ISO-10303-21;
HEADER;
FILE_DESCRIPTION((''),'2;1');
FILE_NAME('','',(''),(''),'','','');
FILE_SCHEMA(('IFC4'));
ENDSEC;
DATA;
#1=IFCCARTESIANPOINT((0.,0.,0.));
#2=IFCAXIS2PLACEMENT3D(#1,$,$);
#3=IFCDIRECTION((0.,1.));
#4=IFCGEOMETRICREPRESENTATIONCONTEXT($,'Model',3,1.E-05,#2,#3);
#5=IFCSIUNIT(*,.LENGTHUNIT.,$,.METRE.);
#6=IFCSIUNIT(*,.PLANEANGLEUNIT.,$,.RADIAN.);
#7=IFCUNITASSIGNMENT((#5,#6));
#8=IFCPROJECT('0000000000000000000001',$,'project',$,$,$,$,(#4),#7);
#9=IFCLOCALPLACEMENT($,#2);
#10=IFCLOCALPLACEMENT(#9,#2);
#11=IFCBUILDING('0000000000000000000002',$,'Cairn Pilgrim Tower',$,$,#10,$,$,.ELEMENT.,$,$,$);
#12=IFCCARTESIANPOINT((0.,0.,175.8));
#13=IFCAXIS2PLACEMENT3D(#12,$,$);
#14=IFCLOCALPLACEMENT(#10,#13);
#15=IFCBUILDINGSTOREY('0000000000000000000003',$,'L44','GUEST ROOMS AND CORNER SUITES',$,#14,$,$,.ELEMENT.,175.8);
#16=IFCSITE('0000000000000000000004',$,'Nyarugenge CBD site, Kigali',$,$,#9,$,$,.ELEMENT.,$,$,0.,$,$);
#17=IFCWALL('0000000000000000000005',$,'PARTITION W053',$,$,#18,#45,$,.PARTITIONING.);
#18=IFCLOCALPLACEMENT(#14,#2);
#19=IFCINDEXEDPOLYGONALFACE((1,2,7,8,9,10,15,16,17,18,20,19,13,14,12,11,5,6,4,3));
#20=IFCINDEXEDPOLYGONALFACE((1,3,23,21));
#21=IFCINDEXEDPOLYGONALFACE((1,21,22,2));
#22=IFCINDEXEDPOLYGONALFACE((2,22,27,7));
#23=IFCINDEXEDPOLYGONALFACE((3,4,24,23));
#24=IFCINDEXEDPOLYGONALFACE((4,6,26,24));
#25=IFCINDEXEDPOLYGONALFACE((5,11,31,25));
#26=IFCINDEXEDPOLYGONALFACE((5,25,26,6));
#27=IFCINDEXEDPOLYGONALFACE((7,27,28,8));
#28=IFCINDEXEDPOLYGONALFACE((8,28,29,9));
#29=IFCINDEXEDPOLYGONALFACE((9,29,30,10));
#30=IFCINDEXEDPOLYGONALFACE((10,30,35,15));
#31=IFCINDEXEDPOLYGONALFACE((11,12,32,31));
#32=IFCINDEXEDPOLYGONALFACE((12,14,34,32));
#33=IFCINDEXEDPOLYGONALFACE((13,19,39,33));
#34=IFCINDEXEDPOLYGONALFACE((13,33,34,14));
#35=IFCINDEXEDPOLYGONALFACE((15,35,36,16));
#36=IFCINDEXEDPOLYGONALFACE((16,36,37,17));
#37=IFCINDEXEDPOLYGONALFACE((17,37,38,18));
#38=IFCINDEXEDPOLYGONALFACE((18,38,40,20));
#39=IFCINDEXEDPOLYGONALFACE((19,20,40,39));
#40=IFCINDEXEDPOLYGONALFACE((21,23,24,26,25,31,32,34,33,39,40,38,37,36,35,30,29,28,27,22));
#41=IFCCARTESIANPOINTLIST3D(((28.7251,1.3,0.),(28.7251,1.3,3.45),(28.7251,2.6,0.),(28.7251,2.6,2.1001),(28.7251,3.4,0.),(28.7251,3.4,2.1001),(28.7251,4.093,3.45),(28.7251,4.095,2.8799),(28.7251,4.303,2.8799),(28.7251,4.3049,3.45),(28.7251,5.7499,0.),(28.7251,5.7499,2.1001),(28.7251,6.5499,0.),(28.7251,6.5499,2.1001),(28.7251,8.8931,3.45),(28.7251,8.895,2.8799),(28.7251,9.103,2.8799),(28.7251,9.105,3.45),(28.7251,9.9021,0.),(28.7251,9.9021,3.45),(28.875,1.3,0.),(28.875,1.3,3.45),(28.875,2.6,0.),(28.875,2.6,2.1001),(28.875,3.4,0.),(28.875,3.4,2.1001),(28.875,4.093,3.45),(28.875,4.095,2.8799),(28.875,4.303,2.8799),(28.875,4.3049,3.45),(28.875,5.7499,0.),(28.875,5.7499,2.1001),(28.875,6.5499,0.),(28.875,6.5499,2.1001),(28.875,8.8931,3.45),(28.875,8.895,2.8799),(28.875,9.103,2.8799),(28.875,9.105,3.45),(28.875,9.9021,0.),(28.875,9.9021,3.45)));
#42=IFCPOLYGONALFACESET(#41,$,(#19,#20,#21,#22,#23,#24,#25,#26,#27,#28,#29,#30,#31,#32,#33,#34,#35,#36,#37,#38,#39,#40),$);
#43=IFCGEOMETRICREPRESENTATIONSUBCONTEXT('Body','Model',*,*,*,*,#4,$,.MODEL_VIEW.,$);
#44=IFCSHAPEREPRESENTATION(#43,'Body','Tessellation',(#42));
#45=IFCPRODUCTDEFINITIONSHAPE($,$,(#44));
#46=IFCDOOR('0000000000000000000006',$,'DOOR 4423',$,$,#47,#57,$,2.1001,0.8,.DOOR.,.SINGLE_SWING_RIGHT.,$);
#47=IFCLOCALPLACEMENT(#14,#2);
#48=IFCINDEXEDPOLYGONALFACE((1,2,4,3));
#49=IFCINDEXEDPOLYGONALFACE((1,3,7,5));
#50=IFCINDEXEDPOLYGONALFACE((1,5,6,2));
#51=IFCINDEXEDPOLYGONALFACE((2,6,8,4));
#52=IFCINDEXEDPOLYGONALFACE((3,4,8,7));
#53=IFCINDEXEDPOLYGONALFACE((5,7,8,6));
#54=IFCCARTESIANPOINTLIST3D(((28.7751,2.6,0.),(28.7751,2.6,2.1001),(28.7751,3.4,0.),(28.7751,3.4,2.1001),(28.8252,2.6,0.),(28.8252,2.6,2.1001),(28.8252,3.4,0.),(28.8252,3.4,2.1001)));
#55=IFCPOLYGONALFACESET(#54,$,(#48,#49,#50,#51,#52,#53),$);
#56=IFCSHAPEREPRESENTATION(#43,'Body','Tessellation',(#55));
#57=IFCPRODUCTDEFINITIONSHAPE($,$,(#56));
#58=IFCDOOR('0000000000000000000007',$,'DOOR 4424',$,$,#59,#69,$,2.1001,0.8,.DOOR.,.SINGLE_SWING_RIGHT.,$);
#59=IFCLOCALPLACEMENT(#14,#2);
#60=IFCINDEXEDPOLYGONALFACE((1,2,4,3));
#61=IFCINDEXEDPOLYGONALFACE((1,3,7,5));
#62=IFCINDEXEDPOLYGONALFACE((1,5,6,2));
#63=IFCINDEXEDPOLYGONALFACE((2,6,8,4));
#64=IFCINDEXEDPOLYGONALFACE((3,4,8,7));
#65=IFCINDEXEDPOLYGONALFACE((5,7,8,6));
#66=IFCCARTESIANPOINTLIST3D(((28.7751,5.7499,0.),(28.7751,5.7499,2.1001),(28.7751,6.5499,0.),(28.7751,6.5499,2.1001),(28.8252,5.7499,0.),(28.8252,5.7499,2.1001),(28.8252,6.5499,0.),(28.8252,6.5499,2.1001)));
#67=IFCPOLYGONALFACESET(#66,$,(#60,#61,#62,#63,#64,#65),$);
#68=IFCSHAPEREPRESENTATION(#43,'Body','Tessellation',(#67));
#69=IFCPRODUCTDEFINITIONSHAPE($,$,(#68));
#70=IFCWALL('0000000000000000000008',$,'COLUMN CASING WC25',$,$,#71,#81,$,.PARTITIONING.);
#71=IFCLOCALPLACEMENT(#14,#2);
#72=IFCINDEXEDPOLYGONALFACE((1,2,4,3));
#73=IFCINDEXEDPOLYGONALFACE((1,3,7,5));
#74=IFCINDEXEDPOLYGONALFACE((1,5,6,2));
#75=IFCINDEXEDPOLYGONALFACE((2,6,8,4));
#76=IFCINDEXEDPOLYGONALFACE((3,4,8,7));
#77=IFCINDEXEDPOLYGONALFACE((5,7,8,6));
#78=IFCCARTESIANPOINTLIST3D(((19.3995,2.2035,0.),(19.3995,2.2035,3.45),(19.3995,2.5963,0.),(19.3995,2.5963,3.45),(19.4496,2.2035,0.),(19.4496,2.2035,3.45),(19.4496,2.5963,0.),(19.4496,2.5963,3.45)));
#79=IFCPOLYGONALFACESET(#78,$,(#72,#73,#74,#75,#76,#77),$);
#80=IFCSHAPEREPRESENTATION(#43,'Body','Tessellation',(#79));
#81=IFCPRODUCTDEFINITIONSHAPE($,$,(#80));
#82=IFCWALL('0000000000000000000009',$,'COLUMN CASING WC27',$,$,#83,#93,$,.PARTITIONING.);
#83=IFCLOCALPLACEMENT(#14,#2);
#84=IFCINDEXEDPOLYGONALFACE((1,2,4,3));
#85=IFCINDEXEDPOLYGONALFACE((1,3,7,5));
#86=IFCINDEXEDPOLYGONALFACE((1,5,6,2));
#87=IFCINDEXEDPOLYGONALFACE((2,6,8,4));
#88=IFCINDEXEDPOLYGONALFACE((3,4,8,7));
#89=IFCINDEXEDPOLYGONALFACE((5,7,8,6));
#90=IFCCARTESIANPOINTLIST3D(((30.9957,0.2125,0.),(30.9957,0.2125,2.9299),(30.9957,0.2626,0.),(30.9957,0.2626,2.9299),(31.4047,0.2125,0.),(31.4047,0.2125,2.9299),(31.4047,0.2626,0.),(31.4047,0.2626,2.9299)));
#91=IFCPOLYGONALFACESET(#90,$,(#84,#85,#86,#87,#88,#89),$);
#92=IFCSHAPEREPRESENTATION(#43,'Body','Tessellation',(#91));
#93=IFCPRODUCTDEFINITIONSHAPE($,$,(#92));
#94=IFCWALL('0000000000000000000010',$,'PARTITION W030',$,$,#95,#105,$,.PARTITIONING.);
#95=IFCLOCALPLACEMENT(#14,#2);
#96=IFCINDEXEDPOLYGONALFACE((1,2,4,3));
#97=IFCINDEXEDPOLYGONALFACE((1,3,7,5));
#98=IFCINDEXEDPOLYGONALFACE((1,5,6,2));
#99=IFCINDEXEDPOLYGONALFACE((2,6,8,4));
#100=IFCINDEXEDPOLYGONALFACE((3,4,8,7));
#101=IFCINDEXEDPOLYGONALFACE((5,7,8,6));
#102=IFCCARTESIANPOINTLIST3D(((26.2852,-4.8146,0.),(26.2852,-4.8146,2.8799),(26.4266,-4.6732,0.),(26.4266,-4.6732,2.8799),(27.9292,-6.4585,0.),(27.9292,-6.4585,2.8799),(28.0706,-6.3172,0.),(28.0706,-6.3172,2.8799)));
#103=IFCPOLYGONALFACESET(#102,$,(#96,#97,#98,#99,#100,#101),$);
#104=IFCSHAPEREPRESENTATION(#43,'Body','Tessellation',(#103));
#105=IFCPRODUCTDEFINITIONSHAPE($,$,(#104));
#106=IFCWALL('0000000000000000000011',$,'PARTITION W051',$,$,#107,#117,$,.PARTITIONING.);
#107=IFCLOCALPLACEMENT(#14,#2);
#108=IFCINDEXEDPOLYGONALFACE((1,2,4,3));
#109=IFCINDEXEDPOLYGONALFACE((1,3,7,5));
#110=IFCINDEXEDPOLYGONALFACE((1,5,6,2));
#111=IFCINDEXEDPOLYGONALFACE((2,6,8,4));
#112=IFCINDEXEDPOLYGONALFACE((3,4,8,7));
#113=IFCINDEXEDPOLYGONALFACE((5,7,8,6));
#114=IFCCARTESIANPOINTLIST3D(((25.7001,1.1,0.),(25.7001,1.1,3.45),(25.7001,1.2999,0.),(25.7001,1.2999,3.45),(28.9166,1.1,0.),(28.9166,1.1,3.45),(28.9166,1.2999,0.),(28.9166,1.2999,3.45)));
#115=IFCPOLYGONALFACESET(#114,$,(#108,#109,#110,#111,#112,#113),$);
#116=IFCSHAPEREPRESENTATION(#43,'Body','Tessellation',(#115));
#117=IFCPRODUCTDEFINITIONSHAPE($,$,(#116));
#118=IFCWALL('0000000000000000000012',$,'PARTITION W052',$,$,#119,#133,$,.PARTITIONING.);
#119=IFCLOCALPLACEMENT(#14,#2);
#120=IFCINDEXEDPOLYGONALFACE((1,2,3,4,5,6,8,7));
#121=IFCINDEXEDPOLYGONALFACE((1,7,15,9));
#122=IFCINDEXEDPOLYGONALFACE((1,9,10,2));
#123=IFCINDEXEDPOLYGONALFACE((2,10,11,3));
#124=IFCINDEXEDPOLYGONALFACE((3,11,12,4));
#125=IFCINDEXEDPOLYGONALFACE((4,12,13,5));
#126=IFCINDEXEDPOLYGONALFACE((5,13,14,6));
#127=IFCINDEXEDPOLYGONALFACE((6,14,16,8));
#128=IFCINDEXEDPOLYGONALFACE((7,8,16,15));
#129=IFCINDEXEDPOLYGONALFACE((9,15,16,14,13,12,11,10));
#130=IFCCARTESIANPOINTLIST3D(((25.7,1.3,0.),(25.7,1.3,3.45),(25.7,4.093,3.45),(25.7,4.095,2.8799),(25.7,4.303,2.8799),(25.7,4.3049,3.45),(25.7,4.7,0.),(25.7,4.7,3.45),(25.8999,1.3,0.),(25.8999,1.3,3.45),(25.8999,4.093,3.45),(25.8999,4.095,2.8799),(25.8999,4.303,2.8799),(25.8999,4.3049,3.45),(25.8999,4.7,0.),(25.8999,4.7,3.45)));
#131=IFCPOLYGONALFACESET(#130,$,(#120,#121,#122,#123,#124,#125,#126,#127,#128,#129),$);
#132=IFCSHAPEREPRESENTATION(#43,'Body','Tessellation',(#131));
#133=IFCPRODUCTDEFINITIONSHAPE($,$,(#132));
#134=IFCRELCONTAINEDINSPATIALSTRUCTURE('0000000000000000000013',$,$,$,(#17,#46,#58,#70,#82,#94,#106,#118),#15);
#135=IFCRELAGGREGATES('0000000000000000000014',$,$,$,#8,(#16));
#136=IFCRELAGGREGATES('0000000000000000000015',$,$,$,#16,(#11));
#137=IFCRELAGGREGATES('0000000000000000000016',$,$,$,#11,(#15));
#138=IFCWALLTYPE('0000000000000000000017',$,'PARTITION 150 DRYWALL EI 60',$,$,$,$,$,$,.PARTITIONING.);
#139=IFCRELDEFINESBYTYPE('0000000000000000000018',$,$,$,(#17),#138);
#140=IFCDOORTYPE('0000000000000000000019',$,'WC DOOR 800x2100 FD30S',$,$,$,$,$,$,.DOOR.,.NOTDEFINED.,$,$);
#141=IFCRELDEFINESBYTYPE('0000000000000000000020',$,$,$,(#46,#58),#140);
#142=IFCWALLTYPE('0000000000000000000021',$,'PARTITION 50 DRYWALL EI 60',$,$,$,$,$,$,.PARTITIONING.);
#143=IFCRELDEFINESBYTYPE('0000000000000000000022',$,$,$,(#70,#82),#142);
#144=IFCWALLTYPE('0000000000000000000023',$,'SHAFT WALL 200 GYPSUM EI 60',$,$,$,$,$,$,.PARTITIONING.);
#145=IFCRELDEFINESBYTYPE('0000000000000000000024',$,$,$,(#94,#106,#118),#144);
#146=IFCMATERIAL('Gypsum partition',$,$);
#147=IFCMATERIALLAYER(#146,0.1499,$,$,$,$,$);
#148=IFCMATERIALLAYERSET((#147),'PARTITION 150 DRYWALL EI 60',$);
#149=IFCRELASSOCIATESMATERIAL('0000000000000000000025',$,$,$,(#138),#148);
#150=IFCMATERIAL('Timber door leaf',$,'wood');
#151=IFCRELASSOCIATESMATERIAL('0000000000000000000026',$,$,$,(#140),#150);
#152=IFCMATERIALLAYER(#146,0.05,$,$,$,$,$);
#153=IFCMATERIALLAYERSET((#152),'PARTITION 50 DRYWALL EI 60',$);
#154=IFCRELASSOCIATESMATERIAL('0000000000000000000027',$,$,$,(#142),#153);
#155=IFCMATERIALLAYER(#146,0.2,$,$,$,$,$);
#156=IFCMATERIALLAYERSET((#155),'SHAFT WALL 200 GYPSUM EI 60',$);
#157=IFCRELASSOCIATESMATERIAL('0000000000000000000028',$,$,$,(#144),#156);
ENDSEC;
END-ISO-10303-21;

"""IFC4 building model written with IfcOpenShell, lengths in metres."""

from ifc_helpers import new_model, si_unit, direction, frame, frame_2d, origin, place, context, subcontext, project, spatial, polyline, rectangle, outline, extrude, material, layer, layer_set, type_object, element, fill, save


model = new_model("IFC4")

# Units and contexts
model_context = context("Model", 3, precision=1e-05, world=origin(), true_north=direction((0.0, 1.0)))
body_context = subcontext(model_context, "Body", "Model", "MODEL_VIEW")
ifc_project = project(units=[si_unit("LENGTHUNIT", "METRE"), si_unit("PLANEANGLEUNIT", "RADIAN")], contexts=[model_context])

# Site, building, storey
site_placement = place(None, origin())
site = spatial("IfcSite", under=ifc_project, at=site_placement, Name="Nyarugenge CBD site, Kigali", CompositionType="ELEMENT", RefElevation=0.0)
building_placement = place(site_placement, origin())
building = spatial("IfcBuilding", under=site, at=building_placement, Name="Cairn Pilgrim Tower", CompositionType="ELEMENT")
storey_placement = place(building_placement, frame((0.0, 0.0, 175.8)))
storey = spatial("IfcBuildingStorey", under=building, at=storey_placement, Name="L44", Description="GUEST ROOMS AND CORNER SUITES", CompositionType="ELEMENT", Elevation=175.8)

# Shared definitions
ifc_material_1 = material(Name="Gypsum partition")

# Shared definitions
ifc_material_2 = material(Name="Timber door leaf", Category="wood")

# Shared definitions
ifc_layer_1 = layer(ifc_material_1, 0.1499)
ifc_layer_set_1 = layer_set([ifc_layer_1], Name="PARTITION 150 DRYWALL EI 60")
wall_type_1 = type_object("IfcWallType", Name="PARTITION 150 DRYWALL EI 60", PredefinedType="PARTITIONING", material=ifc_layer_set_1)

# Wall, openings, doors
wall_1_placement = place(storey_placement, frame((28.8, 1.3, 0.0), z_axis=(0.0, 0.0, 1.0), x_axis=(0.0, 1.0, 0.0)))
wall_1 = element("IfcWall", 1, at=wall_1_placement, inside=storey, type_object=wall_type_1, Name="PARTITION W053", PredefinedType="PARTITIONING", context=body_context, shape_type="SweptSolid", body=[
    extrude(outline(polyline([(0.0, 0.0), (8.6021, 0.0), (8.6021, 3.45), (7.8049, 3.45), (7.803, 2.8799), (7.595, 2.8799), (7.593, 3.45), (3.0049, 3.45), (3.0029, 2.8799), (2.7949, 2.8799), (2.793, 3.45), (0.0, 3.45), (0.0, 0.0)])), frame((0.0, 0.075, 0.0), z_axis=(0.0, -1.0, 0.0), x_axis=(1.0, 0.0, 0.0)), (0.0, 0.0, 1.0), 0.1499),
])
opening_1_placement = place(wall_1_placement, frame((1.3, 0.0, 0.0)))
opening_1 = element("IfcOpeningElement", 2, at=opening_1_placement, cuts=wall_1, PredefinedType="OPENING", context=body_context, shape_type="SweptSolid", body=[
    extrude(rectangle(XDim=0.8, YDim=2.1001, at=frame_2d((0.3999, 1.05))), frame((0.0, 0.085, 0.0), z_axis=(0.0, -1.0, 0.0), x_axis=(1.0, 0.0, 0.0)), (0.0, 0.0, 1.0), 0.1699),
])
opening_2_placement = place(wall_1_placement, frame((4.45, 0.0, 0.0)))
opening_2 = element("IfcOpeningElement", 3, at=opening_2_placement, cuts=wall_1, PredefinedType="OPENING", context=body_context, shape_type="SweptSolid", body=[
    extrude(rectangle(XDim=0.8, YDim=2.1001, at=frame_2d((0.3999, 1.05))), frame((0.0, 0.085, 0.0), z_axis=(0.0, -1.0, 0.0), x_axis=(1.0, 0.0, 0.0)), (0.0, 0.0, 1.0), 0.1699),
])
door_type_1 = type_object("IfcDoorType", Name="WC DOOR 800x2100 FD30S", OperationType="NOTDEFINED", PredefinedType="DOOR", material=ifc_material_2)
door_1_placement = place(opening_1_placement, origin())
door_1 = element("IfcDoor", 4, at=door_1_placement, inside=storey, type_object=door_type_1, Name="DOOR 4423", OperationType="SINGLE_SWING_RIGHT", OverallHeight=2.1001, OverallWidth=0.8, PredefinedType="DOOR", context=body_context, shape_type="SweptSolid", body=[
    extrude(rectangle(XDim=0.8, YDim=2.1001, at=frame_2d((0.3999, 1.05))), frame((0.0, 0.0249, 0.0), z_axis=(0.0, -1.0, 0.0), x_axis=(1.0, 0.0, 0.0)), (0.0, 0.0, 1.0), 0.05),
])
fill(opening_1, door_1)
door_2_placement = place(opening_2_placement, origin())
door_2 = element("IfcDoor", 5, at=door_2_placement, inside=storey, type_object=door_type_1, Name="DOOR 4424", OperationType="SINGLE_SWING_RIGHT", OverallHeight=2.1001, OverallWidth=0.8, PredefinedType="DOOR", context=body_context, shape_type="SweptSolid", body=[
    extrude(rectangle(XDim=0.8, YDim=2.1001, at=frame_2d((0.3999, 1.05))), frame((0.0, 0.0249, 0.0), z_axis=(0.0, -1.0, 0.0), x_axis=(1.0, 0.0, 0.0)), (0.0, 0.0, 1.0), 0.05),
])
fill(opening_2, door_2)

# Walls
ifc_layer_2 = layer(ifc_material_1, 0.05)
ifc_layer_set_2 = layer_set([ifc_layer_2], Name="PARTITION 50 DRYWALL EI 60")
wall_type_2 = type_object("IfcWallType", Name="PARTITION 50 DRYWALL EI 60", PredefinedType="PARTITIONING", material=ifc_layer_set_2)
wall_2_placement = place(storey_placement, frame((19.4246, 2.2036, 0.0), z_axis=(0.0, 0.0, 1.0), x_axis=(0.0, 1.0, 0.0)))
element("IfcWall", 6, at=wall_2_placement, inside=storey, type_object=wall_type_2, Name="COLUMN CASING WC25", PredefinedType="PARTITIONING", context=body_context, shape_type="SweptSolid", body=[
    extrude(rectangle(XDim=0.3928, YDim=0.05, at=frame_2d((0.1963, 0.0))), origin(), (0.0, 0.0, 1.0), 3.45),
])
wall_3_placement = place(storey_placement, frame((30.9956, 0.2375, 0.0), z_axis=(0.0, 0.0, 1.0), x_axis=(1.0, 0.0, 0.0)))
element("IfcWall", 7, at=wall_3_placement, inside=storey, type_object=wall_type_2, Name="COLUMN CASING WC27", PredefinedType="PARTITIONING", context=body_context, shape_type="SweptSolid", body=[
    extrude(rectangle(XDim=0.4089, YDim=0.05, at=frame_2d((0.2046, 0.0))), origin(), (0.0, 0.0, 1.0), 2.9299),
])
ifc_layer_3 = layer(ifc_material_1, 0.2)
ifc_layer_set_3 = layer_set([ifc_layer_3], Name="SHAFT WALL 200 GYPSUM EI 60")
wall_type_3 = type_object("IfcWallType", Name="SHAFT WALL 200 GYPSUM EI 60", PredefinedType="PARTITIONING", material=ifc_layer_set_3)
wall_4_placement = place(storey_placement, frame((28.0, -6.3879, 0.0), z_axis=(0.0, 0.0, 1.0), x_axis=(-0.707107, 0.707107, 0.0)))
element("IfcWall", 8, at=wall_4_placement, inside=storey, type_object=wall_type_3, Name="PARTITION W030", PredefinedType="PARTITIONING", context=body_context, shape_type="SweptSolid", body=[
    extrude(rectangle(XDim=2.325, YDim=0.2, at=frame_2d((1.1626, 0.0))), origin(), (0.0, 0.0, 1.0), 2.8799),
])
wall_5_placement = place(storey_placement, frame((25.7, 1.2, 0.0), z_axis=(0.0, 0.0, 1.0), x_axis=(1.0, 0.0, 0.0)))
element("IfcWall", 9, at=wall_5_placement, inside=storey, type_object=wall_type_3, Name="PARTITION W051", PredefinedType="PARTITIONING", context=body_context, shape_type="SweptSolid", body=[
    extrude(rectangle(XDim=3.2166, YDim=0.2, at=frame_2d((1.6084, 0.0))), origin(), (0.0, 0.0, 1.0), 3.45),
])
wall_6_placement = place(storey_placement, frame((25.8, 1.3, 0.0), z_axis=(0.0, 0.0, 1.0), x_axis=(0.0, 1.0, 0.0)))
element("IfcWall", 10, at=wall_6_placement, inside=storey, type_object=wall_type_3, Name="PARTITION W052", PredefinedType="PARTITIONING", context=body_context, shape_type="SweptSolid", body=[
    extrude(outline(polyline([(0.0, 0.0), (3.3999, 0.0), (3.3999, 3.45), (3.0049, 3.45), (3.0029, 2.8799), (2.7949, 2.8799), (2.793, 3.45), (0.0, 3.45), (0.0, 0.0)])), frame((0.0, 0.1001, 0.0), z_axis=(0.0, -1.0, 0.0), x_axis=(1.0, 0.0, 0.0)), (0.0, 0.0, 1.0), 0.2),
])

save(model, "model.ifc")
